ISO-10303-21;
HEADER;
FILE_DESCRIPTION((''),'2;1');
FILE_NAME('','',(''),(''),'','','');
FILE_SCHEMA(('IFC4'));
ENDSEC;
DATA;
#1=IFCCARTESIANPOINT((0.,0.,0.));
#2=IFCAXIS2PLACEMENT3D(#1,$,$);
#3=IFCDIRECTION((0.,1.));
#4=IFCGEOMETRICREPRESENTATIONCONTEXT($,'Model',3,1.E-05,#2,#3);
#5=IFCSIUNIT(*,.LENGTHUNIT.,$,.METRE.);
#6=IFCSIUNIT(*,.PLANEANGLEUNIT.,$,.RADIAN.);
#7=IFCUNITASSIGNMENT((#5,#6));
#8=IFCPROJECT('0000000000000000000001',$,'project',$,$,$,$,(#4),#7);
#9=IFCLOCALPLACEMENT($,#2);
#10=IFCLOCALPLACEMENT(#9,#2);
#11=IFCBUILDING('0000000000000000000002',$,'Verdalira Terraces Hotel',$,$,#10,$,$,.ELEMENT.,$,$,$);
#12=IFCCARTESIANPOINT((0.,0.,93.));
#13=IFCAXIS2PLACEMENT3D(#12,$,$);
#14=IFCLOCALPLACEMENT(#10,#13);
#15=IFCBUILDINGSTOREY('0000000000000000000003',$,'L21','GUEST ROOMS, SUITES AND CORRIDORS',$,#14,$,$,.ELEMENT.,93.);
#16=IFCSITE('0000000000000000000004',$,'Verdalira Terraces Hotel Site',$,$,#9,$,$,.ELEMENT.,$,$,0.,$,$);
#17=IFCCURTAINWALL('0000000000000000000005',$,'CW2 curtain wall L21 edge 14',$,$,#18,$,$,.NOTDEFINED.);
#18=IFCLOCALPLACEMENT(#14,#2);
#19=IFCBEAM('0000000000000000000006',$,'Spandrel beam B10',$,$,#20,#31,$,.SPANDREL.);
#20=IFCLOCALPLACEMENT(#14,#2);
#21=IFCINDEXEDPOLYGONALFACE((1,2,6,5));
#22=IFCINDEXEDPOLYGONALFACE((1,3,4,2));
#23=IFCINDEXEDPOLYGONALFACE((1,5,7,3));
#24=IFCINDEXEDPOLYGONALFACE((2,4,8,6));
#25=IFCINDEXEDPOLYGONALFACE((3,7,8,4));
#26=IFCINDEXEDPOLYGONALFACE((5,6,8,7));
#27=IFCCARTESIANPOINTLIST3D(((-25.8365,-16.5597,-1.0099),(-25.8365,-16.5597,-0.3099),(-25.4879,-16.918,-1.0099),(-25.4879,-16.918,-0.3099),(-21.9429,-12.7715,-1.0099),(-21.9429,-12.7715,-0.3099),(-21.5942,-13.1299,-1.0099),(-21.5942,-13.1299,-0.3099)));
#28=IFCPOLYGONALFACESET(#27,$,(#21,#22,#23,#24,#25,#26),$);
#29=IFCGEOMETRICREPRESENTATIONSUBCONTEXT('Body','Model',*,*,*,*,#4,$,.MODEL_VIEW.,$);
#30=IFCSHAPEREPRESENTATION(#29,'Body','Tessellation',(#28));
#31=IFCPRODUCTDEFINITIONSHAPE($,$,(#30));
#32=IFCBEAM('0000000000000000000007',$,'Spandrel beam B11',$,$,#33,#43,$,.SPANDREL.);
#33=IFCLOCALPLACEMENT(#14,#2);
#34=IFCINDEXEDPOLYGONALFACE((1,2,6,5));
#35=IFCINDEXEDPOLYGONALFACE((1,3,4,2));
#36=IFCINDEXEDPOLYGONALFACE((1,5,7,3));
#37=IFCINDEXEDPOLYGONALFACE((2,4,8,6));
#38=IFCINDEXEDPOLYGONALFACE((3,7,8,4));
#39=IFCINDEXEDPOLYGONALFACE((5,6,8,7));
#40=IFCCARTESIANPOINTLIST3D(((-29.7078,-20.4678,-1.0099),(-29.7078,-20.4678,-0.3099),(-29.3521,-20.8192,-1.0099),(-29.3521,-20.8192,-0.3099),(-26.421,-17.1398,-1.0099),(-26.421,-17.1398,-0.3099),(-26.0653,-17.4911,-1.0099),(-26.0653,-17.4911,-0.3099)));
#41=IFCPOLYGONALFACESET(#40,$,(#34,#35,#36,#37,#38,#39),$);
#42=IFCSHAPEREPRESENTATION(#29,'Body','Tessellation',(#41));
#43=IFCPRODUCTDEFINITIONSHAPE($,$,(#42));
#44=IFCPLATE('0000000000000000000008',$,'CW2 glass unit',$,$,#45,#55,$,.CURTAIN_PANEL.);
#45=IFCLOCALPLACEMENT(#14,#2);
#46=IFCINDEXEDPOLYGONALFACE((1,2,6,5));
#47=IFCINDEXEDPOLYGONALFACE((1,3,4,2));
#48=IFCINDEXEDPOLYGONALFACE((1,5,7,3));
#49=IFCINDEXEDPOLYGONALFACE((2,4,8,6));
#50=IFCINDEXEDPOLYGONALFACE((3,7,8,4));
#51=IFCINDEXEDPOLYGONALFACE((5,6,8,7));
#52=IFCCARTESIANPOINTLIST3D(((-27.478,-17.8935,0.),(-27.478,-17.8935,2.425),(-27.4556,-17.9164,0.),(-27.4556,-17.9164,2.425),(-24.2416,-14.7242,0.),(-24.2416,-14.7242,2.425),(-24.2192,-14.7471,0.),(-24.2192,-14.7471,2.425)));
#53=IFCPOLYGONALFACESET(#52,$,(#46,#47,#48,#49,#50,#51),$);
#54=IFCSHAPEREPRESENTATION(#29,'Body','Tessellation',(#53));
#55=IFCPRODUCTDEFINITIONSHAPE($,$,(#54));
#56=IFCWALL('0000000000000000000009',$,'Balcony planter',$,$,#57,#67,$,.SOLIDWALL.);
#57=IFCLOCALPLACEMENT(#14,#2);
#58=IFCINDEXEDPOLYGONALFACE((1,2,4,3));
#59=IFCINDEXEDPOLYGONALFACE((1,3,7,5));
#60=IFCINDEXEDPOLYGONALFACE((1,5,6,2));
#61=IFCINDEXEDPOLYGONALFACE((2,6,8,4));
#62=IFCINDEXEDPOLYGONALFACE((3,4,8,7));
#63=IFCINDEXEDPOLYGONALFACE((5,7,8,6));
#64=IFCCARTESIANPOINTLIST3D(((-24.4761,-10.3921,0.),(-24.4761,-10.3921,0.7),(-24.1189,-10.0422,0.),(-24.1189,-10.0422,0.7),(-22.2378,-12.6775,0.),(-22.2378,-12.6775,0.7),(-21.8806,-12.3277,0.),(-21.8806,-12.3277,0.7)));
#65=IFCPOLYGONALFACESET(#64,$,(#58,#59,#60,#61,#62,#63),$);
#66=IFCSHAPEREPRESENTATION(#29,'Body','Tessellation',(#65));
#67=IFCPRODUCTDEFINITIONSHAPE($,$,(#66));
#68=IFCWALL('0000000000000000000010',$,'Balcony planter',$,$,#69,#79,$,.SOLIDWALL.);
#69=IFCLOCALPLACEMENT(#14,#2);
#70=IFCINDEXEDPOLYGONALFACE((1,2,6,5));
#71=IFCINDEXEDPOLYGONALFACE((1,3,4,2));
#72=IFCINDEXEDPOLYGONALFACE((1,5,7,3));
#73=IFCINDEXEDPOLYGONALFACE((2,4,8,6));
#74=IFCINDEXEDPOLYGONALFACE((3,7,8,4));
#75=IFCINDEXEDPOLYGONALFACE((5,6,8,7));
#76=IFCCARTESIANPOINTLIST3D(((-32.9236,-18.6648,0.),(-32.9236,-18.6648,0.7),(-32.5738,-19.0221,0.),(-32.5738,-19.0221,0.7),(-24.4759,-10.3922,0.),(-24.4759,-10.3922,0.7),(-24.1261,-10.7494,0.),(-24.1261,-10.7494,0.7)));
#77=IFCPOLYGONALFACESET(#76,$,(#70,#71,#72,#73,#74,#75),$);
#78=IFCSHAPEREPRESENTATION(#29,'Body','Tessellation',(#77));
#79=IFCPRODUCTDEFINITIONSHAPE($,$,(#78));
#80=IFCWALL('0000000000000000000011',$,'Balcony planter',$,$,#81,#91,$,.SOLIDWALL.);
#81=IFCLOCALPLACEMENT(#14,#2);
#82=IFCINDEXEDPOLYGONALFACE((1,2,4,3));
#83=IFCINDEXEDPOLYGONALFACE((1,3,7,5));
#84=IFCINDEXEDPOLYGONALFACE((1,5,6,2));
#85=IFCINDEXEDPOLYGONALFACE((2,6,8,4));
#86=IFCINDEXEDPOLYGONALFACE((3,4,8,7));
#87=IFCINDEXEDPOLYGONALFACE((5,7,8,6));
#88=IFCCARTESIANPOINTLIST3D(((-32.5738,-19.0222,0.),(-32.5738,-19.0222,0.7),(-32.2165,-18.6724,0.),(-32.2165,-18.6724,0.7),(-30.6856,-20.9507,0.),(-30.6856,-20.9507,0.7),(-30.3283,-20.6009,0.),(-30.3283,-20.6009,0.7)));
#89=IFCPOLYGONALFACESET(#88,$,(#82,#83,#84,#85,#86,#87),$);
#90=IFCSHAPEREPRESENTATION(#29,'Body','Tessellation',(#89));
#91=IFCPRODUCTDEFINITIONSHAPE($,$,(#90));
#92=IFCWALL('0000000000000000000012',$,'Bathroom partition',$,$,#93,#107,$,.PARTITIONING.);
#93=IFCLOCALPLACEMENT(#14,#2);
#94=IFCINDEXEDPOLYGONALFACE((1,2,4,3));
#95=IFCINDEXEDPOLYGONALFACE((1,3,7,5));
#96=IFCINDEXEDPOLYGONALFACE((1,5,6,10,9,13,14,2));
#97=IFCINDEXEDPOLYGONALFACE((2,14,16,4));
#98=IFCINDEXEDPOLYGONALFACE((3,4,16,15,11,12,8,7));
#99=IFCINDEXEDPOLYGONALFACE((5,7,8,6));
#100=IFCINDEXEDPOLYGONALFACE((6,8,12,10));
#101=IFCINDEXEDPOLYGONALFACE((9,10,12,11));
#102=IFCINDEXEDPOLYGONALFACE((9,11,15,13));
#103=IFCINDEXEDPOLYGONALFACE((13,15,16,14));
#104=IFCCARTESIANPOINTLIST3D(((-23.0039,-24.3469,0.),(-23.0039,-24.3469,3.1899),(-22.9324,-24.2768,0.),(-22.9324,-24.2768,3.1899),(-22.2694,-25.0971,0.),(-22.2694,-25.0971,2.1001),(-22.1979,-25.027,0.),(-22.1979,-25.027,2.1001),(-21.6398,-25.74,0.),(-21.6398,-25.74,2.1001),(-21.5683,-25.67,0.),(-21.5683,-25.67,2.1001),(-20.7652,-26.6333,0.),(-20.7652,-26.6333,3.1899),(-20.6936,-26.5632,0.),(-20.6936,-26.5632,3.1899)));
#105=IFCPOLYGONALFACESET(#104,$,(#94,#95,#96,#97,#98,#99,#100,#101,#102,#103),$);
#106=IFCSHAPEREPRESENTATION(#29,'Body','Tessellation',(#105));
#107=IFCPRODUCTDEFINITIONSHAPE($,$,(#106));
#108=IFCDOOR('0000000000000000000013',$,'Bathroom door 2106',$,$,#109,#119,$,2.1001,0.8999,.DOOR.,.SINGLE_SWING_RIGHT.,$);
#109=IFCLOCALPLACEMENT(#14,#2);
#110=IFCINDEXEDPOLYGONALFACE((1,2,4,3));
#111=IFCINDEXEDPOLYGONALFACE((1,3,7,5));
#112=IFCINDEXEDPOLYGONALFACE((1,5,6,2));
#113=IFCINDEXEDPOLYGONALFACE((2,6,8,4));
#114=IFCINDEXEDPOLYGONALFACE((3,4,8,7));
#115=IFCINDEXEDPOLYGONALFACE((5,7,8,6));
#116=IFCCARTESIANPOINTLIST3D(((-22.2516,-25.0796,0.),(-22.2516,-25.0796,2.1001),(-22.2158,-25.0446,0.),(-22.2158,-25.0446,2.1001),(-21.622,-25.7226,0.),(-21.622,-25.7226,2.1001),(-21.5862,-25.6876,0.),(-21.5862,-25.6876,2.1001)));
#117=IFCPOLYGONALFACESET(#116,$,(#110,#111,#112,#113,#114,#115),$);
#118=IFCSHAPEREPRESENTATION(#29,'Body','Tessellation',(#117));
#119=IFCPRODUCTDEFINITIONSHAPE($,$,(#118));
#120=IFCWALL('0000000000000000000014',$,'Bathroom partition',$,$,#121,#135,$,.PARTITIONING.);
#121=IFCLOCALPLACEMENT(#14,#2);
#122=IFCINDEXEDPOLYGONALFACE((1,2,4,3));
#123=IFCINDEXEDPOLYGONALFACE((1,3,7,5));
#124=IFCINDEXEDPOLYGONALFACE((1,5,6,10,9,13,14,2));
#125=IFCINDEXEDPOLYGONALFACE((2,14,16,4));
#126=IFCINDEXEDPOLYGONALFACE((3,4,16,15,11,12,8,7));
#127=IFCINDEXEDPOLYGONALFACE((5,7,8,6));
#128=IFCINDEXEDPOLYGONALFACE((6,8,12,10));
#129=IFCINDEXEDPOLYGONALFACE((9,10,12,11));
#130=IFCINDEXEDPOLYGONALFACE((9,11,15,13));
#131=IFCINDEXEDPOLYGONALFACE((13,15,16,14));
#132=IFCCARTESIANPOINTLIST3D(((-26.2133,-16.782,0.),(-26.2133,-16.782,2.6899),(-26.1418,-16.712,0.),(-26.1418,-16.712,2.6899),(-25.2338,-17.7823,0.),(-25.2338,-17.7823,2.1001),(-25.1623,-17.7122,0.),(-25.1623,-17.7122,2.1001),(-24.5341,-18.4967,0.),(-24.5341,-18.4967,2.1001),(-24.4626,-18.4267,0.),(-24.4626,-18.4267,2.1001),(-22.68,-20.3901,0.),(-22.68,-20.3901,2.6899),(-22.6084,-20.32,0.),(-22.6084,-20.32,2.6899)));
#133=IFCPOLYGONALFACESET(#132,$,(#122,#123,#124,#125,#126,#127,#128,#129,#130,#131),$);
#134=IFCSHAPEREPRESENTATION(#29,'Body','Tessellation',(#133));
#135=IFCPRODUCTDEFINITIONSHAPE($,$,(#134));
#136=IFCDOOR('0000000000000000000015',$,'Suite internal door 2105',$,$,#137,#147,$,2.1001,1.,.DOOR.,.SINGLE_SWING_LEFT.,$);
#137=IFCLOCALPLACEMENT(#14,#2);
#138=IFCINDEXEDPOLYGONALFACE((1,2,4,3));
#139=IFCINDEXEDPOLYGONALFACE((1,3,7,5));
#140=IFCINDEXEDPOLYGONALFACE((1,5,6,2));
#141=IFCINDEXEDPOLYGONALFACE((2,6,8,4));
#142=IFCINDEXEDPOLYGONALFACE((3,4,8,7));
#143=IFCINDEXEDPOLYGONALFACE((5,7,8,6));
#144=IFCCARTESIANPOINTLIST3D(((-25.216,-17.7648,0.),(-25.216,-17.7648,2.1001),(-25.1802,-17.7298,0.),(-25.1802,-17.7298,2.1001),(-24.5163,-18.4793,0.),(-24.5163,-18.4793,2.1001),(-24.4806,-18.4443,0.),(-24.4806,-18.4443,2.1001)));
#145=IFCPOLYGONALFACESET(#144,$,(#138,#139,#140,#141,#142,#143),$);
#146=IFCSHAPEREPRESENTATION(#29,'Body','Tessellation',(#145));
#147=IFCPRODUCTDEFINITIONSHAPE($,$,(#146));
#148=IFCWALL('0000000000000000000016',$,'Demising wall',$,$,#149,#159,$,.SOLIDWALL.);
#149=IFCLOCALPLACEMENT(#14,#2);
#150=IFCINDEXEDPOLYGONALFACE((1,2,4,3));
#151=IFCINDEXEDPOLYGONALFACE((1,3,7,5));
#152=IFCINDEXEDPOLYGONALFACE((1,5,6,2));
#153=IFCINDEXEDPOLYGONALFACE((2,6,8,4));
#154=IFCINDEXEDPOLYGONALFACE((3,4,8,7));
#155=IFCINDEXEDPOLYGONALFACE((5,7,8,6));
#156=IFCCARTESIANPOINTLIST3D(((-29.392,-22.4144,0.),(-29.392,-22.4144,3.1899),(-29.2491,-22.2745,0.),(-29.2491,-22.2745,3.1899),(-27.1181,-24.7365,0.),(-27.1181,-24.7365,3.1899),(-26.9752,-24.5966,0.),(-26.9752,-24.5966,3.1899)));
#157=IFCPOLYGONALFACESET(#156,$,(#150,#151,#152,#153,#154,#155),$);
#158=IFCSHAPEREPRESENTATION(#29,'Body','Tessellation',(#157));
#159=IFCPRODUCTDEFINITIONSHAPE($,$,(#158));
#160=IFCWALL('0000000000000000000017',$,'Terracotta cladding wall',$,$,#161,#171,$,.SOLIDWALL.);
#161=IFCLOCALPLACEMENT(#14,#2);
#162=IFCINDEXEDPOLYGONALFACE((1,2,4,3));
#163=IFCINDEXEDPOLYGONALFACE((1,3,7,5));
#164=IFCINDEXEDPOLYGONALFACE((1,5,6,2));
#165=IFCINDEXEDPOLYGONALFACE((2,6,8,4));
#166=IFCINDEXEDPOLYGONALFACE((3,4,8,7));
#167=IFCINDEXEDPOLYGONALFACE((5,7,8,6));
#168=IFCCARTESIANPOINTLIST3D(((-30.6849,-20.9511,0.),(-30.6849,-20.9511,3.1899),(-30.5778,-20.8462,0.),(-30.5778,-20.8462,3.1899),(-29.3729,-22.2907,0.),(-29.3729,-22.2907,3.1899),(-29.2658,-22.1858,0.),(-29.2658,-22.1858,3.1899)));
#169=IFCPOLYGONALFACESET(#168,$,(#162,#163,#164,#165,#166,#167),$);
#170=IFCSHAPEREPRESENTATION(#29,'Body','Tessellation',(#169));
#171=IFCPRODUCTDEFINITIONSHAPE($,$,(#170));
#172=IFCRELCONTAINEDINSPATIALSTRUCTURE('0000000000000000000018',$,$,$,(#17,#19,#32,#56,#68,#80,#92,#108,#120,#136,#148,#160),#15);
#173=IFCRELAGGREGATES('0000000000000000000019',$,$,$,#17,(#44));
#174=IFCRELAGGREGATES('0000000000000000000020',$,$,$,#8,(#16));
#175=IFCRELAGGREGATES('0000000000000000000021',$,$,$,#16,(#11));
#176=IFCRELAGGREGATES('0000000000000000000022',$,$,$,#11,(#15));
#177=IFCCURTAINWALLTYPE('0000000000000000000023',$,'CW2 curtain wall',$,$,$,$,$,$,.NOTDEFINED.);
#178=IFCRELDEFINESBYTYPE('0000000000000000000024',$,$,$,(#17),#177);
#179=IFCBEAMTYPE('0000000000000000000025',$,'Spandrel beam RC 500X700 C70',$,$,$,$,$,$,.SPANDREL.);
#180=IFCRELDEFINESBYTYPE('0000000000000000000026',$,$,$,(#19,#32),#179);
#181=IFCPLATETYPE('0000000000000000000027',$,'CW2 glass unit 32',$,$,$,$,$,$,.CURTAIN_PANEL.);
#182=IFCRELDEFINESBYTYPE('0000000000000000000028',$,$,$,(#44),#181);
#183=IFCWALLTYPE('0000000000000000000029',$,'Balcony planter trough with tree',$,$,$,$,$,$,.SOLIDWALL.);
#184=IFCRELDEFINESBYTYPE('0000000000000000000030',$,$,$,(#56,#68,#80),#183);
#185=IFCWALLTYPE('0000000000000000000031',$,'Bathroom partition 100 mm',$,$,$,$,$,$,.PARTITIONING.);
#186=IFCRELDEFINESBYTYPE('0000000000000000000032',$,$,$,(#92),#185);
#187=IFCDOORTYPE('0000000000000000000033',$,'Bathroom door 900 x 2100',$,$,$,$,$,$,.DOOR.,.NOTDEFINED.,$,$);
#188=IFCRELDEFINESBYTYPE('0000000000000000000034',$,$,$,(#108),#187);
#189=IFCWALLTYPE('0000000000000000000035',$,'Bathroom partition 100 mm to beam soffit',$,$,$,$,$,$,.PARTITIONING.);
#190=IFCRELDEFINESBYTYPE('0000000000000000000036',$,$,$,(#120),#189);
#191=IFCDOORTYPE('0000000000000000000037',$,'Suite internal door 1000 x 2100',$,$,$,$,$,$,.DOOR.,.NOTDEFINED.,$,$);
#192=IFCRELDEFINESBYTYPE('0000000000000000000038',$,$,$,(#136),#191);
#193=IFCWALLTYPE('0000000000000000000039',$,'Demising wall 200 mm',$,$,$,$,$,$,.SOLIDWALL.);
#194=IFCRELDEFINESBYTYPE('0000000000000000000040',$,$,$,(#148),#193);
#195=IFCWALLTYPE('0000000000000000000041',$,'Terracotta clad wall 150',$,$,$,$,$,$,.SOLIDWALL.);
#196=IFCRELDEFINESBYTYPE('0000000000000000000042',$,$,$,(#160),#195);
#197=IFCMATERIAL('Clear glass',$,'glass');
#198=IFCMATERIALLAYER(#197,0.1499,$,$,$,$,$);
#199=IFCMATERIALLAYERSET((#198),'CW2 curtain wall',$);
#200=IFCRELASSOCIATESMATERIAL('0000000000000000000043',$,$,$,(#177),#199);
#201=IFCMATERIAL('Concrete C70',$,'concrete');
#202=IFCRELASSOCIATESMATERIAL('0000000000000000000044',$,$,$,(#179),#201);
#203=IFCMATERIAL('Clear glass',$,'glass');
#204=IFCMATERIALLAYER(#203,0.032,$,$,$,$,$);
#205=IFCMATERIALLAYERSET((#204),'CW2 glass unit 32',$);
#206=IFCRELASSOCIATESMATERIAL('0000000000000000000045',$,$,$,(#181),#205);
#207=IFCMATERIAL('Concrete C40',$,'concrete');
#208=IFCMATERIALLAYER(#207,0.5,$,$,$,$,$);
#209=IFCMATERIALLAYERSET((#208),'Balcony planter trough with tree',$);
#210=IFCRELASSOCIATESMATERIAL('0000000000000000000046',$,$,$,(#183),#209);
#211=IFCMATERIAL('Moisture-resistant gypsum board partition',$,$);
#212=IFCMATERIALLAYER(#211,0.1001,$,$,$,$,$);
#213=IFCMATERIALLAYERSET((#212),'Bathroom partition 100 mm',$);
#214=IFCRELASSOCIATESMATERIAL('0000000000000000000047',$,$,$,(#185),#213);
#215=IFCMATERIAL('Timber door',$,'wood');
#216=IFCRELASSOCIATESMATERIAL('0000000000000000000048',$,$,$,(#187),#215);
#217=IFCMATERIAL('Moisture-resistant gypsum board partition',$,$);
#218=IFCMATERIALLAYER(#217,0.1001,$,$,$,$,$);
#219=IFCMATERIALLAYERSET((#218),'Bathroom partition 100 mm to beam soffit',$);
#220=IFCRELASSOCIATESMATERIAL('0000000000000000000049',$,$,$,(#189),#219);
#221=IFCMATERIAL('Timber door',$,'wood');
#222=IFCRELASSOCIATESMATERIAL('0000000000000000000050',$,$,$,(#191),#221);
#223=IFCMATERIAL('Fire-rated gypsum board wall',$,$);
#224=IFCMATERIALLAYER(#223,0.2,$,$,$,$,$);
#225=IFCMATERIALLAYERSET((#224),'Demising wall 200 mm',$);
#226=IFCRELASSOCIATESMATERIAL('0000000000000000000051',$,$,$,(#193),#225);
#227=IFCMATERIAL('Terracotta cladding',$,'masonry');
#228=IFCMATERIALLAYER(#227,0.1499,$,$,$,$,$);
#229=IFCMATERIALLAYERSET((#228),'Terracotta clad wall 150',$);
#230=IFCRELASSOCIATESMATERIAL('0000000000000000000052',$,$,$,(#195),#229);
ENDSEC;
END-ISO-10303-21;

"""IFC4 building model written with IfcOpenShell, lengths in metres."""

from ifc_helpers import new_model, si_unit, direction, frame, frame_2d, origin, origin_2d, place, context, subcontext, project, spatial, rectangle, extrude, material, layer, layer_set, material_profile, profile_set, type_object, element, fill, aggregate, save


model = new_model("IFC4")

# Units and contexts
model_context = context("Model", 3, precision=1e-05, world=origin(), true_north=direction((0.0, 1.0)))
body_context = subcontext(model_context, "Body", "Model", "MODEL_VIEW")
ifc_project = project(units=[si_unit("LENGTHUNIT", "METRE"), si_unit("PLANEANGLEUNIT", "RADIAN")], contexts=[model_context])

# Site, building, storey
site_placement = place(None, origin())
site = spatial("IfcSite", under=ifc_project, at=site_placement, Name="Verdalira Terraces Hotel Site", CompositionType="ELEMENT", RefElevation=0.0)
building_placement = place(site_placement, origin())
building = spatial("IfcBuilding", under=site, at=building_placement, Name="Verdalira Terraces Hotel", CompositionType="ELEMENT")
storey_placement = place(building_placement, frame((0.0, 0.0, 93.0)))
storey = spatial("IfcBuildingStorey", under=building, at=storey_placement, Name="L21", Description="GUEST ROOMS, SUITES AND CORRIDORS", CompositionType="ELEMENT", Elevation=93.0)

# Curtain wall
ifc_material_1 = material(Name="Clear glass", Category="glass")
ifc_layer_1 = layer(ifc_material_1, 0.1499)
ifc_layer_set_1 = layer_set([ifc_layer_1], Name="CW2 curtain wall")
curtain_wall_type_1 = type_object("IfcCurtainWallType", Name="CW2 curtain wall", PredefinedType="NOTDEFINED", material=ifc_layer_set_1)
curtain_wall_1_placement = place(storey_placement, origin())
curtain_wall_1 = element("IfcCurtainWall", 1, at=curtain_wall_1_placement, inside=storey, type_object=curtain_wall_type_1, Name="CW2 curtain wall L21 edge 14", PredefinedType="NOTDEFINED")

# Beams
ifc_material_2 = material(Name="Concrete C70", Category="concrete")
ifc_material_profile_1 = material_profile(ifc_material_2, rectangle(XDim=0.5, YDim=0.7, at=origin_2d()), Name="RC 500X700")
ifc_profile_set_1 = profile_set([ifc_material_profile_1], Name="Concrete C70")
beam_type_1 = type_object("IfcBeamType", Name="Spandrel beam RC 500X700 C70", PredefinedType="SPANDREL", material=ifc_profile_set_1)
beam_1_placement = place(storey_placement, frame((-21.7686, -12.9507, -0.6599), z_axis=(-0.716748, -0.697332, 0.0), x_axis=(0.697332, -0.716748, 0.0)))
element("IfcBeam", 2, at=beam_1_placement, inside=storey, type_object=beam_type_1, Name="Spandrel beam B10", PredefinedType="SPANDREL", context=body_context, shape_type="SweptSolid", body=[
    extrude(rectangle(XDim=0.5, YDim=0.7, at=origin_2d()), origin(), (0.0, 0.0, 1.0), 5.4324),
])
beam_2_placement = place(storey_placement, frame((-26.2432, -17.3154, -0.6599), z_axis=(-0.702683, -0.711503, 0.0), x_axis=(0.711503, -0.702683, 0.0)))
element("IfcBeam", 3, at=beam_2_placement, inside=storey, type_object=beam_type_1, Name="Spandrel beam B11", PredefinedType="SPANDREL", context=body_context, shape_type="SweptSolid", body=[
    extrude(rectangle(XDim=0.5, YDim=0.7, at=origin_2d()), origin(), (0.0, 0.0, 1.0), 4.6775),
])

# Plate
ifc_material_3 = material(Name="Clear glass", Category="glass")
ifc_layer_2 = layer(ifc_material_3, 0.032)
ifc_layer_set_2 = layer_set([ifc_layer_2], Name="CW2 glass unit 32")
plate_type = type_object("IfcPlateType", Name="CW2 glass unit 32", PredefinedType="CURTAIN_PANEL", material=ifc_layer_set_2)
plate_placement = place(storey_placement, frame((-25.8486, -16.3203, 0.0), z_axis=(0.0, 0.0, 1.0), x_axis=(-0.714473, -0.699663, 0.0)))
plate = element("IfcPlate", 4, at=plate_placement, type_object=plate_type, Name="CW2 glass unit", PredefinedType="CURTAIN_PANEL", context=body_context, shape_type="SweptSolid", body=[
    extrude(rectangle(XDim=4.5298, YDim=0.032, at=origin_2d()), origin(), (0.0, 0.0, 1.0), 2.425),
])
aggregate(curtain_wall_1, [plate])

# Walls
ifc_material_4 = material(Name="Concrete C40", Category="concrete")
ifc_layer_3 = layer(ifc_material_4, 0.5)
ifc_layer_set_3 = layer_set([ifc_layer_3], Name="Balcony planter trough with tree")
wall_type_1 = type_object("IfcWallType", Name="Balcony planter trough with tree", PredefinedType="SOLIDWALL", material=ifc_layer_set_3)
wall_1_placement = place(storey_placement, frame((-22.0591, -12.5027, 0.0), z_axis=(0.0, 0.0, 1.0), x_axis=(-0.699704, 0.714433, 0.0)))
element("IfcWall", 5, at=wall_1_placement, inside=storey, type_object=wall_type_1, Name="Balcony planter", PredefinedType="SOLIDWALL", context=body_context, shape_type="SweptSolid", body=[
    extrude(rectangle(XDim=3.199, YDim=0.5, at=frame_2d((1.5996, 0.0))), origin(), (0.0, 0.0, 1.0), 0.7),
])
wall_2_placement = place(storey_placement, frame((-24.301, -10.5708, 0.0), z_axis=(0.0, 0.0, 1.0), x_axis=(-0.71447, -0.699666, 0.0)))
element("IfcWall", 6, at=wall_2_placement, inside=storey, type_object=wall_type_1, Name="Balcony planter", PredefinedType="SOLIDWALL", context=body_context, shape_type="SweptSolid", body=[
    extrude(rectangle(XDim=11.8237, YDim=0.5, at=frame_2d((5.9119, 0.0))), origin(), (0.0, 0.0, 1.0), 0.7),
])
wall_3_placement = place(storey_placement, frame((-32.3953, -18.8472, 0.0), z_axis=(0.0, 0.0, 1.0), x_axis=(0.699605, -0.71453, 0.0)))
element("IfcWall", 7, at=wall_3_placement, inside=storey, type_object=wall_type_1, Name="Balcony planter", PredefinedType="SOLIDWALL", context=body_context, shape_type="SweptSolid", body=[
    extrude(rectangle(XDim=2.699, YDim=0.5, at=frame_2d((1.3496, 0.0))), origin(), (0.0, 0.0, 1.0), 0.7),
])

# Walls, openings, doors
ifc_material_5 = material(Name="Moisture-resistant gypsum board partition")
ifc_layer_4 = layer(ifc_material_5, 0.1001)
ifc_layer_set_4 = layer_set([ifc_layer_4], Name="Bathroom partition 100 mm")
wall_type_2 = type_object("IfcWallType", Name="Bathroom partition 100 mm", PredefinedType="PARTITIONING", material=ifc_layer_set_4)
wall_4_placement = place(storey_placement, frame((-22.9683, -24.3118, 0.0), z_axis=(0.0, 0.0, 1.0), x_axis=(0.699629, -0.714506, 0.0)))
wall_4 = element("IfcWall", 8, at=wall_4_placement, inside=storey, type_object=wall_type_2, Name="Bathroom partition", PredefinedType="PARTITIONING", context=body_context, shape_type="SweptSolid", body=[
    extrude(rectangle(XDim=3.2, YDim=0.1001, at=frame_2d((1.6001, 0.0))), origin(), (0.0, 0.0, 1.0), 3.1899),
])
opening_1_placement = place(wall_4_placement, frame((1.05, 0.0, 0.0)))
opening_1 = element("IfcOpeningElement", 9, at=opening_1_placement, cuts=wall_4, PredefinedType="OPENING", context=body_context, shape_type="SweptSolid", body=[
    extrude(rectangle(XDim=0.8999, YDim=2.1001, at=frame_2d((0.45, 1.05))), frame((0.0, 0.0601, 0.0), z_axis=(0.0, -1.0, 0.0), x_axis=(1.0, 0.0, 0.0)), (0.0, 0.0, 1.0), 0.1201),
])
ifc_material_6 = material(Name="Timber door", Category="wood")
door_type_1 = type_object("IfcDoorType", Name="Bathroom door 900 x 2100", OperationType="NOTDEFINED", PredefinedType="DOOR", material=ifc_material_6)
door_1_placement = place(opening_1_placement, origin())
door_1 = element("IfcDoor", 10, at=door_1_placement, inside=storey, type_object=door_type_1, Name="Bathroom door 2106", OperationType="SINGLE_SWING_RIGHT", OverallHeight=2.1001, OverallWidth=0.8999, PredefinedType="DOOR", context=body_context, shape_type="SweptSolid", body=[
    extrude(rectangle(XDim=0.8999, YDim=2.1001, at=frame_2d((0.45, 1.05))), frame((0.0, 0.0249, 0.0), z_axis=(0.0, -1.0, 0.0), x_axis=(1.0, 0.0, 0.0)), (0.0, 0.0, 1.0), 0.05),
])
fill(opening_1, door_1)
ifc_material_7 = material(Name="Moisture-resistant gypsum board partition")
ifc_layer_5 = layer(ifc_material_7, 0.1001)
ifc_layer_set_5 = layer_set([ifc_layer_5], Name="Bathroom partition 100 mm to beam soffit")
wall_type_3 = type_object("IfcWallType", Name="Bathroom partition 100 mm to beam soffit", PredefinedType="PARTITIONING", material=ifc_layer_set_5)
wall_5_placement = place(storey_placement, frame((-26.1775, -16.7471, 0.0), z_axis=(0.0, 0.0, 1.0), x_axis=(0.699672, -0.714465, 0.0)))
wall_5 = element("IfcWall", 11, at=wall_5_placement, inside=storey, type_object=wall_type_3, Name="Bathroom partition", PredefinedType="PARTITIONING", context=body_context, shape_type="SweptSolid", body=[
    extrude(rectangle(XDim=5.05, YDim=0.1001, at=frame_2d((2.5249, 0.0))), origin(), (0.0, 0.0, 1.0), 2.6899),
])
opening_2_placement = place(wall_5_placement, frame((1.3999, 0.0, 0.0)))
opening_2 = element("IfcOpeningElement", 12, at=opening_2_placement, cuts=wall_5, PredefinedType="OPENING", context=body_context, shape_type="SweptSolid", body=[
    extrude(rectangle(XDim=1.0, YDim=2.1001, at=frame_2d((0.5, 1.05))), frame((0.0, 0.0601, 0.0), z_axis=(0.0, -1.0, 0.0), x_axis=(1.0, 0.0, 0.0)), (0.0, 0.0, 1.0), 0.1201),
])
ifc_material_8 = material(Name="Timber door", Category="wood")
door_type_2 = type_object("IfcDoorType", Name="Suite internal door 1000 x 2100", OperationType="NOTDEFINED", PredefinedType="DOOR", material=ifc_material_8)
door_2_placement = place(opening_2_placement, origin())
door_2 = element("IfcDoor", 13, at=door_2_placement, inside=storey, type_object=door_type_2, Name="Suite internal door 2105", OperationType="SINGLE_SWING_LEFT", OverallHeight=2.1001, OverallWidth=1.0, PredefinedType="DOOR", context=body_context, shape_type="SweptSolid", body=[
    extrude(rectangle(XDim=1.0, YDim=2.1001, at=frame_2d((0.5, 1.05))), frame((0.0, 0.0249, 0.0), z_axis=(0.0, -1.0, 0.0), x_axis=(1.0, 0.0, 0.0)), (0.0, 0.0, 1.0), 0.05),
])
fill(opening_2, door_2)

# Walls
ifc_material_9 = material(Name="Fire-rated gypsum board wall")
ifc_layer_6 = layer(ifc_material_9, 0.2)
ifc_layer_set_6 = layer_set([ifc_layer_6], Name="Demising wall 200 mm")
wall_type_4 = type_object("IfcWallType", Name="Demising wall 200 mm", PredefinedType="SOLIDWALL", material=ifc_layer_set_6)
wall_6_placement = place(storey_placement, frame((-27.0466, -24.6665, 0.0), z_axis=(0.0, 0.0, 1.0), x_axis=(-0.699669, 0.714467, 0.0)))
element("IfcWall", 14, at=wall_6_placement, inside=storey, type_object=wall_type_4, Name="Demising wall", PredefinedType="SOLIDWALL", context=body_context, shape_type="SweptSolid", body=[
    extrude(rectangle(XDim=3.25, YDim=0.2, at=frame_2d((1.625, 0.0))), origin(), (0.0, 0.0, 1.0), 3.1899),
])
ifc_material_10 = material(Name="Terracotta cladding", Category="masonry")
ifc_layer_7 = layer(ifc_material_10, 0.1499)
ifc_layer_set_7 = layer_set([ifc_layer_7], Name="Terracotta clad wall 150")
wall_type_5 = type_object("IfcWallType", Name="Terracotta clad wall 150", PredefinedType="SOLIDWALL", material=ifc_layer_set_7)
wall_7_placement = place(storey_placement, frame((-30.6313, -20.8987, 0.0), z_axis=(0.0, 0.0, 1.0), x_axis=(0.699712, -0.714425, 0.0)))
element("IfcWall", 15, at=wall_7_placement, inside=storey, type_object=wall_type_5, Name="Terracotta cladding wall", PredefinedType="SOLIDWALL", context=body_context, shape_type="SweptSolid", body=[
    extrude(rectangle(XDim=1.875, YDim=0.1499, at=frame_2d((0.9375, 0.0))), origin(), (0.0, 0.0, 1.0), 3.1899),
])

save(model, "model.ifc")
